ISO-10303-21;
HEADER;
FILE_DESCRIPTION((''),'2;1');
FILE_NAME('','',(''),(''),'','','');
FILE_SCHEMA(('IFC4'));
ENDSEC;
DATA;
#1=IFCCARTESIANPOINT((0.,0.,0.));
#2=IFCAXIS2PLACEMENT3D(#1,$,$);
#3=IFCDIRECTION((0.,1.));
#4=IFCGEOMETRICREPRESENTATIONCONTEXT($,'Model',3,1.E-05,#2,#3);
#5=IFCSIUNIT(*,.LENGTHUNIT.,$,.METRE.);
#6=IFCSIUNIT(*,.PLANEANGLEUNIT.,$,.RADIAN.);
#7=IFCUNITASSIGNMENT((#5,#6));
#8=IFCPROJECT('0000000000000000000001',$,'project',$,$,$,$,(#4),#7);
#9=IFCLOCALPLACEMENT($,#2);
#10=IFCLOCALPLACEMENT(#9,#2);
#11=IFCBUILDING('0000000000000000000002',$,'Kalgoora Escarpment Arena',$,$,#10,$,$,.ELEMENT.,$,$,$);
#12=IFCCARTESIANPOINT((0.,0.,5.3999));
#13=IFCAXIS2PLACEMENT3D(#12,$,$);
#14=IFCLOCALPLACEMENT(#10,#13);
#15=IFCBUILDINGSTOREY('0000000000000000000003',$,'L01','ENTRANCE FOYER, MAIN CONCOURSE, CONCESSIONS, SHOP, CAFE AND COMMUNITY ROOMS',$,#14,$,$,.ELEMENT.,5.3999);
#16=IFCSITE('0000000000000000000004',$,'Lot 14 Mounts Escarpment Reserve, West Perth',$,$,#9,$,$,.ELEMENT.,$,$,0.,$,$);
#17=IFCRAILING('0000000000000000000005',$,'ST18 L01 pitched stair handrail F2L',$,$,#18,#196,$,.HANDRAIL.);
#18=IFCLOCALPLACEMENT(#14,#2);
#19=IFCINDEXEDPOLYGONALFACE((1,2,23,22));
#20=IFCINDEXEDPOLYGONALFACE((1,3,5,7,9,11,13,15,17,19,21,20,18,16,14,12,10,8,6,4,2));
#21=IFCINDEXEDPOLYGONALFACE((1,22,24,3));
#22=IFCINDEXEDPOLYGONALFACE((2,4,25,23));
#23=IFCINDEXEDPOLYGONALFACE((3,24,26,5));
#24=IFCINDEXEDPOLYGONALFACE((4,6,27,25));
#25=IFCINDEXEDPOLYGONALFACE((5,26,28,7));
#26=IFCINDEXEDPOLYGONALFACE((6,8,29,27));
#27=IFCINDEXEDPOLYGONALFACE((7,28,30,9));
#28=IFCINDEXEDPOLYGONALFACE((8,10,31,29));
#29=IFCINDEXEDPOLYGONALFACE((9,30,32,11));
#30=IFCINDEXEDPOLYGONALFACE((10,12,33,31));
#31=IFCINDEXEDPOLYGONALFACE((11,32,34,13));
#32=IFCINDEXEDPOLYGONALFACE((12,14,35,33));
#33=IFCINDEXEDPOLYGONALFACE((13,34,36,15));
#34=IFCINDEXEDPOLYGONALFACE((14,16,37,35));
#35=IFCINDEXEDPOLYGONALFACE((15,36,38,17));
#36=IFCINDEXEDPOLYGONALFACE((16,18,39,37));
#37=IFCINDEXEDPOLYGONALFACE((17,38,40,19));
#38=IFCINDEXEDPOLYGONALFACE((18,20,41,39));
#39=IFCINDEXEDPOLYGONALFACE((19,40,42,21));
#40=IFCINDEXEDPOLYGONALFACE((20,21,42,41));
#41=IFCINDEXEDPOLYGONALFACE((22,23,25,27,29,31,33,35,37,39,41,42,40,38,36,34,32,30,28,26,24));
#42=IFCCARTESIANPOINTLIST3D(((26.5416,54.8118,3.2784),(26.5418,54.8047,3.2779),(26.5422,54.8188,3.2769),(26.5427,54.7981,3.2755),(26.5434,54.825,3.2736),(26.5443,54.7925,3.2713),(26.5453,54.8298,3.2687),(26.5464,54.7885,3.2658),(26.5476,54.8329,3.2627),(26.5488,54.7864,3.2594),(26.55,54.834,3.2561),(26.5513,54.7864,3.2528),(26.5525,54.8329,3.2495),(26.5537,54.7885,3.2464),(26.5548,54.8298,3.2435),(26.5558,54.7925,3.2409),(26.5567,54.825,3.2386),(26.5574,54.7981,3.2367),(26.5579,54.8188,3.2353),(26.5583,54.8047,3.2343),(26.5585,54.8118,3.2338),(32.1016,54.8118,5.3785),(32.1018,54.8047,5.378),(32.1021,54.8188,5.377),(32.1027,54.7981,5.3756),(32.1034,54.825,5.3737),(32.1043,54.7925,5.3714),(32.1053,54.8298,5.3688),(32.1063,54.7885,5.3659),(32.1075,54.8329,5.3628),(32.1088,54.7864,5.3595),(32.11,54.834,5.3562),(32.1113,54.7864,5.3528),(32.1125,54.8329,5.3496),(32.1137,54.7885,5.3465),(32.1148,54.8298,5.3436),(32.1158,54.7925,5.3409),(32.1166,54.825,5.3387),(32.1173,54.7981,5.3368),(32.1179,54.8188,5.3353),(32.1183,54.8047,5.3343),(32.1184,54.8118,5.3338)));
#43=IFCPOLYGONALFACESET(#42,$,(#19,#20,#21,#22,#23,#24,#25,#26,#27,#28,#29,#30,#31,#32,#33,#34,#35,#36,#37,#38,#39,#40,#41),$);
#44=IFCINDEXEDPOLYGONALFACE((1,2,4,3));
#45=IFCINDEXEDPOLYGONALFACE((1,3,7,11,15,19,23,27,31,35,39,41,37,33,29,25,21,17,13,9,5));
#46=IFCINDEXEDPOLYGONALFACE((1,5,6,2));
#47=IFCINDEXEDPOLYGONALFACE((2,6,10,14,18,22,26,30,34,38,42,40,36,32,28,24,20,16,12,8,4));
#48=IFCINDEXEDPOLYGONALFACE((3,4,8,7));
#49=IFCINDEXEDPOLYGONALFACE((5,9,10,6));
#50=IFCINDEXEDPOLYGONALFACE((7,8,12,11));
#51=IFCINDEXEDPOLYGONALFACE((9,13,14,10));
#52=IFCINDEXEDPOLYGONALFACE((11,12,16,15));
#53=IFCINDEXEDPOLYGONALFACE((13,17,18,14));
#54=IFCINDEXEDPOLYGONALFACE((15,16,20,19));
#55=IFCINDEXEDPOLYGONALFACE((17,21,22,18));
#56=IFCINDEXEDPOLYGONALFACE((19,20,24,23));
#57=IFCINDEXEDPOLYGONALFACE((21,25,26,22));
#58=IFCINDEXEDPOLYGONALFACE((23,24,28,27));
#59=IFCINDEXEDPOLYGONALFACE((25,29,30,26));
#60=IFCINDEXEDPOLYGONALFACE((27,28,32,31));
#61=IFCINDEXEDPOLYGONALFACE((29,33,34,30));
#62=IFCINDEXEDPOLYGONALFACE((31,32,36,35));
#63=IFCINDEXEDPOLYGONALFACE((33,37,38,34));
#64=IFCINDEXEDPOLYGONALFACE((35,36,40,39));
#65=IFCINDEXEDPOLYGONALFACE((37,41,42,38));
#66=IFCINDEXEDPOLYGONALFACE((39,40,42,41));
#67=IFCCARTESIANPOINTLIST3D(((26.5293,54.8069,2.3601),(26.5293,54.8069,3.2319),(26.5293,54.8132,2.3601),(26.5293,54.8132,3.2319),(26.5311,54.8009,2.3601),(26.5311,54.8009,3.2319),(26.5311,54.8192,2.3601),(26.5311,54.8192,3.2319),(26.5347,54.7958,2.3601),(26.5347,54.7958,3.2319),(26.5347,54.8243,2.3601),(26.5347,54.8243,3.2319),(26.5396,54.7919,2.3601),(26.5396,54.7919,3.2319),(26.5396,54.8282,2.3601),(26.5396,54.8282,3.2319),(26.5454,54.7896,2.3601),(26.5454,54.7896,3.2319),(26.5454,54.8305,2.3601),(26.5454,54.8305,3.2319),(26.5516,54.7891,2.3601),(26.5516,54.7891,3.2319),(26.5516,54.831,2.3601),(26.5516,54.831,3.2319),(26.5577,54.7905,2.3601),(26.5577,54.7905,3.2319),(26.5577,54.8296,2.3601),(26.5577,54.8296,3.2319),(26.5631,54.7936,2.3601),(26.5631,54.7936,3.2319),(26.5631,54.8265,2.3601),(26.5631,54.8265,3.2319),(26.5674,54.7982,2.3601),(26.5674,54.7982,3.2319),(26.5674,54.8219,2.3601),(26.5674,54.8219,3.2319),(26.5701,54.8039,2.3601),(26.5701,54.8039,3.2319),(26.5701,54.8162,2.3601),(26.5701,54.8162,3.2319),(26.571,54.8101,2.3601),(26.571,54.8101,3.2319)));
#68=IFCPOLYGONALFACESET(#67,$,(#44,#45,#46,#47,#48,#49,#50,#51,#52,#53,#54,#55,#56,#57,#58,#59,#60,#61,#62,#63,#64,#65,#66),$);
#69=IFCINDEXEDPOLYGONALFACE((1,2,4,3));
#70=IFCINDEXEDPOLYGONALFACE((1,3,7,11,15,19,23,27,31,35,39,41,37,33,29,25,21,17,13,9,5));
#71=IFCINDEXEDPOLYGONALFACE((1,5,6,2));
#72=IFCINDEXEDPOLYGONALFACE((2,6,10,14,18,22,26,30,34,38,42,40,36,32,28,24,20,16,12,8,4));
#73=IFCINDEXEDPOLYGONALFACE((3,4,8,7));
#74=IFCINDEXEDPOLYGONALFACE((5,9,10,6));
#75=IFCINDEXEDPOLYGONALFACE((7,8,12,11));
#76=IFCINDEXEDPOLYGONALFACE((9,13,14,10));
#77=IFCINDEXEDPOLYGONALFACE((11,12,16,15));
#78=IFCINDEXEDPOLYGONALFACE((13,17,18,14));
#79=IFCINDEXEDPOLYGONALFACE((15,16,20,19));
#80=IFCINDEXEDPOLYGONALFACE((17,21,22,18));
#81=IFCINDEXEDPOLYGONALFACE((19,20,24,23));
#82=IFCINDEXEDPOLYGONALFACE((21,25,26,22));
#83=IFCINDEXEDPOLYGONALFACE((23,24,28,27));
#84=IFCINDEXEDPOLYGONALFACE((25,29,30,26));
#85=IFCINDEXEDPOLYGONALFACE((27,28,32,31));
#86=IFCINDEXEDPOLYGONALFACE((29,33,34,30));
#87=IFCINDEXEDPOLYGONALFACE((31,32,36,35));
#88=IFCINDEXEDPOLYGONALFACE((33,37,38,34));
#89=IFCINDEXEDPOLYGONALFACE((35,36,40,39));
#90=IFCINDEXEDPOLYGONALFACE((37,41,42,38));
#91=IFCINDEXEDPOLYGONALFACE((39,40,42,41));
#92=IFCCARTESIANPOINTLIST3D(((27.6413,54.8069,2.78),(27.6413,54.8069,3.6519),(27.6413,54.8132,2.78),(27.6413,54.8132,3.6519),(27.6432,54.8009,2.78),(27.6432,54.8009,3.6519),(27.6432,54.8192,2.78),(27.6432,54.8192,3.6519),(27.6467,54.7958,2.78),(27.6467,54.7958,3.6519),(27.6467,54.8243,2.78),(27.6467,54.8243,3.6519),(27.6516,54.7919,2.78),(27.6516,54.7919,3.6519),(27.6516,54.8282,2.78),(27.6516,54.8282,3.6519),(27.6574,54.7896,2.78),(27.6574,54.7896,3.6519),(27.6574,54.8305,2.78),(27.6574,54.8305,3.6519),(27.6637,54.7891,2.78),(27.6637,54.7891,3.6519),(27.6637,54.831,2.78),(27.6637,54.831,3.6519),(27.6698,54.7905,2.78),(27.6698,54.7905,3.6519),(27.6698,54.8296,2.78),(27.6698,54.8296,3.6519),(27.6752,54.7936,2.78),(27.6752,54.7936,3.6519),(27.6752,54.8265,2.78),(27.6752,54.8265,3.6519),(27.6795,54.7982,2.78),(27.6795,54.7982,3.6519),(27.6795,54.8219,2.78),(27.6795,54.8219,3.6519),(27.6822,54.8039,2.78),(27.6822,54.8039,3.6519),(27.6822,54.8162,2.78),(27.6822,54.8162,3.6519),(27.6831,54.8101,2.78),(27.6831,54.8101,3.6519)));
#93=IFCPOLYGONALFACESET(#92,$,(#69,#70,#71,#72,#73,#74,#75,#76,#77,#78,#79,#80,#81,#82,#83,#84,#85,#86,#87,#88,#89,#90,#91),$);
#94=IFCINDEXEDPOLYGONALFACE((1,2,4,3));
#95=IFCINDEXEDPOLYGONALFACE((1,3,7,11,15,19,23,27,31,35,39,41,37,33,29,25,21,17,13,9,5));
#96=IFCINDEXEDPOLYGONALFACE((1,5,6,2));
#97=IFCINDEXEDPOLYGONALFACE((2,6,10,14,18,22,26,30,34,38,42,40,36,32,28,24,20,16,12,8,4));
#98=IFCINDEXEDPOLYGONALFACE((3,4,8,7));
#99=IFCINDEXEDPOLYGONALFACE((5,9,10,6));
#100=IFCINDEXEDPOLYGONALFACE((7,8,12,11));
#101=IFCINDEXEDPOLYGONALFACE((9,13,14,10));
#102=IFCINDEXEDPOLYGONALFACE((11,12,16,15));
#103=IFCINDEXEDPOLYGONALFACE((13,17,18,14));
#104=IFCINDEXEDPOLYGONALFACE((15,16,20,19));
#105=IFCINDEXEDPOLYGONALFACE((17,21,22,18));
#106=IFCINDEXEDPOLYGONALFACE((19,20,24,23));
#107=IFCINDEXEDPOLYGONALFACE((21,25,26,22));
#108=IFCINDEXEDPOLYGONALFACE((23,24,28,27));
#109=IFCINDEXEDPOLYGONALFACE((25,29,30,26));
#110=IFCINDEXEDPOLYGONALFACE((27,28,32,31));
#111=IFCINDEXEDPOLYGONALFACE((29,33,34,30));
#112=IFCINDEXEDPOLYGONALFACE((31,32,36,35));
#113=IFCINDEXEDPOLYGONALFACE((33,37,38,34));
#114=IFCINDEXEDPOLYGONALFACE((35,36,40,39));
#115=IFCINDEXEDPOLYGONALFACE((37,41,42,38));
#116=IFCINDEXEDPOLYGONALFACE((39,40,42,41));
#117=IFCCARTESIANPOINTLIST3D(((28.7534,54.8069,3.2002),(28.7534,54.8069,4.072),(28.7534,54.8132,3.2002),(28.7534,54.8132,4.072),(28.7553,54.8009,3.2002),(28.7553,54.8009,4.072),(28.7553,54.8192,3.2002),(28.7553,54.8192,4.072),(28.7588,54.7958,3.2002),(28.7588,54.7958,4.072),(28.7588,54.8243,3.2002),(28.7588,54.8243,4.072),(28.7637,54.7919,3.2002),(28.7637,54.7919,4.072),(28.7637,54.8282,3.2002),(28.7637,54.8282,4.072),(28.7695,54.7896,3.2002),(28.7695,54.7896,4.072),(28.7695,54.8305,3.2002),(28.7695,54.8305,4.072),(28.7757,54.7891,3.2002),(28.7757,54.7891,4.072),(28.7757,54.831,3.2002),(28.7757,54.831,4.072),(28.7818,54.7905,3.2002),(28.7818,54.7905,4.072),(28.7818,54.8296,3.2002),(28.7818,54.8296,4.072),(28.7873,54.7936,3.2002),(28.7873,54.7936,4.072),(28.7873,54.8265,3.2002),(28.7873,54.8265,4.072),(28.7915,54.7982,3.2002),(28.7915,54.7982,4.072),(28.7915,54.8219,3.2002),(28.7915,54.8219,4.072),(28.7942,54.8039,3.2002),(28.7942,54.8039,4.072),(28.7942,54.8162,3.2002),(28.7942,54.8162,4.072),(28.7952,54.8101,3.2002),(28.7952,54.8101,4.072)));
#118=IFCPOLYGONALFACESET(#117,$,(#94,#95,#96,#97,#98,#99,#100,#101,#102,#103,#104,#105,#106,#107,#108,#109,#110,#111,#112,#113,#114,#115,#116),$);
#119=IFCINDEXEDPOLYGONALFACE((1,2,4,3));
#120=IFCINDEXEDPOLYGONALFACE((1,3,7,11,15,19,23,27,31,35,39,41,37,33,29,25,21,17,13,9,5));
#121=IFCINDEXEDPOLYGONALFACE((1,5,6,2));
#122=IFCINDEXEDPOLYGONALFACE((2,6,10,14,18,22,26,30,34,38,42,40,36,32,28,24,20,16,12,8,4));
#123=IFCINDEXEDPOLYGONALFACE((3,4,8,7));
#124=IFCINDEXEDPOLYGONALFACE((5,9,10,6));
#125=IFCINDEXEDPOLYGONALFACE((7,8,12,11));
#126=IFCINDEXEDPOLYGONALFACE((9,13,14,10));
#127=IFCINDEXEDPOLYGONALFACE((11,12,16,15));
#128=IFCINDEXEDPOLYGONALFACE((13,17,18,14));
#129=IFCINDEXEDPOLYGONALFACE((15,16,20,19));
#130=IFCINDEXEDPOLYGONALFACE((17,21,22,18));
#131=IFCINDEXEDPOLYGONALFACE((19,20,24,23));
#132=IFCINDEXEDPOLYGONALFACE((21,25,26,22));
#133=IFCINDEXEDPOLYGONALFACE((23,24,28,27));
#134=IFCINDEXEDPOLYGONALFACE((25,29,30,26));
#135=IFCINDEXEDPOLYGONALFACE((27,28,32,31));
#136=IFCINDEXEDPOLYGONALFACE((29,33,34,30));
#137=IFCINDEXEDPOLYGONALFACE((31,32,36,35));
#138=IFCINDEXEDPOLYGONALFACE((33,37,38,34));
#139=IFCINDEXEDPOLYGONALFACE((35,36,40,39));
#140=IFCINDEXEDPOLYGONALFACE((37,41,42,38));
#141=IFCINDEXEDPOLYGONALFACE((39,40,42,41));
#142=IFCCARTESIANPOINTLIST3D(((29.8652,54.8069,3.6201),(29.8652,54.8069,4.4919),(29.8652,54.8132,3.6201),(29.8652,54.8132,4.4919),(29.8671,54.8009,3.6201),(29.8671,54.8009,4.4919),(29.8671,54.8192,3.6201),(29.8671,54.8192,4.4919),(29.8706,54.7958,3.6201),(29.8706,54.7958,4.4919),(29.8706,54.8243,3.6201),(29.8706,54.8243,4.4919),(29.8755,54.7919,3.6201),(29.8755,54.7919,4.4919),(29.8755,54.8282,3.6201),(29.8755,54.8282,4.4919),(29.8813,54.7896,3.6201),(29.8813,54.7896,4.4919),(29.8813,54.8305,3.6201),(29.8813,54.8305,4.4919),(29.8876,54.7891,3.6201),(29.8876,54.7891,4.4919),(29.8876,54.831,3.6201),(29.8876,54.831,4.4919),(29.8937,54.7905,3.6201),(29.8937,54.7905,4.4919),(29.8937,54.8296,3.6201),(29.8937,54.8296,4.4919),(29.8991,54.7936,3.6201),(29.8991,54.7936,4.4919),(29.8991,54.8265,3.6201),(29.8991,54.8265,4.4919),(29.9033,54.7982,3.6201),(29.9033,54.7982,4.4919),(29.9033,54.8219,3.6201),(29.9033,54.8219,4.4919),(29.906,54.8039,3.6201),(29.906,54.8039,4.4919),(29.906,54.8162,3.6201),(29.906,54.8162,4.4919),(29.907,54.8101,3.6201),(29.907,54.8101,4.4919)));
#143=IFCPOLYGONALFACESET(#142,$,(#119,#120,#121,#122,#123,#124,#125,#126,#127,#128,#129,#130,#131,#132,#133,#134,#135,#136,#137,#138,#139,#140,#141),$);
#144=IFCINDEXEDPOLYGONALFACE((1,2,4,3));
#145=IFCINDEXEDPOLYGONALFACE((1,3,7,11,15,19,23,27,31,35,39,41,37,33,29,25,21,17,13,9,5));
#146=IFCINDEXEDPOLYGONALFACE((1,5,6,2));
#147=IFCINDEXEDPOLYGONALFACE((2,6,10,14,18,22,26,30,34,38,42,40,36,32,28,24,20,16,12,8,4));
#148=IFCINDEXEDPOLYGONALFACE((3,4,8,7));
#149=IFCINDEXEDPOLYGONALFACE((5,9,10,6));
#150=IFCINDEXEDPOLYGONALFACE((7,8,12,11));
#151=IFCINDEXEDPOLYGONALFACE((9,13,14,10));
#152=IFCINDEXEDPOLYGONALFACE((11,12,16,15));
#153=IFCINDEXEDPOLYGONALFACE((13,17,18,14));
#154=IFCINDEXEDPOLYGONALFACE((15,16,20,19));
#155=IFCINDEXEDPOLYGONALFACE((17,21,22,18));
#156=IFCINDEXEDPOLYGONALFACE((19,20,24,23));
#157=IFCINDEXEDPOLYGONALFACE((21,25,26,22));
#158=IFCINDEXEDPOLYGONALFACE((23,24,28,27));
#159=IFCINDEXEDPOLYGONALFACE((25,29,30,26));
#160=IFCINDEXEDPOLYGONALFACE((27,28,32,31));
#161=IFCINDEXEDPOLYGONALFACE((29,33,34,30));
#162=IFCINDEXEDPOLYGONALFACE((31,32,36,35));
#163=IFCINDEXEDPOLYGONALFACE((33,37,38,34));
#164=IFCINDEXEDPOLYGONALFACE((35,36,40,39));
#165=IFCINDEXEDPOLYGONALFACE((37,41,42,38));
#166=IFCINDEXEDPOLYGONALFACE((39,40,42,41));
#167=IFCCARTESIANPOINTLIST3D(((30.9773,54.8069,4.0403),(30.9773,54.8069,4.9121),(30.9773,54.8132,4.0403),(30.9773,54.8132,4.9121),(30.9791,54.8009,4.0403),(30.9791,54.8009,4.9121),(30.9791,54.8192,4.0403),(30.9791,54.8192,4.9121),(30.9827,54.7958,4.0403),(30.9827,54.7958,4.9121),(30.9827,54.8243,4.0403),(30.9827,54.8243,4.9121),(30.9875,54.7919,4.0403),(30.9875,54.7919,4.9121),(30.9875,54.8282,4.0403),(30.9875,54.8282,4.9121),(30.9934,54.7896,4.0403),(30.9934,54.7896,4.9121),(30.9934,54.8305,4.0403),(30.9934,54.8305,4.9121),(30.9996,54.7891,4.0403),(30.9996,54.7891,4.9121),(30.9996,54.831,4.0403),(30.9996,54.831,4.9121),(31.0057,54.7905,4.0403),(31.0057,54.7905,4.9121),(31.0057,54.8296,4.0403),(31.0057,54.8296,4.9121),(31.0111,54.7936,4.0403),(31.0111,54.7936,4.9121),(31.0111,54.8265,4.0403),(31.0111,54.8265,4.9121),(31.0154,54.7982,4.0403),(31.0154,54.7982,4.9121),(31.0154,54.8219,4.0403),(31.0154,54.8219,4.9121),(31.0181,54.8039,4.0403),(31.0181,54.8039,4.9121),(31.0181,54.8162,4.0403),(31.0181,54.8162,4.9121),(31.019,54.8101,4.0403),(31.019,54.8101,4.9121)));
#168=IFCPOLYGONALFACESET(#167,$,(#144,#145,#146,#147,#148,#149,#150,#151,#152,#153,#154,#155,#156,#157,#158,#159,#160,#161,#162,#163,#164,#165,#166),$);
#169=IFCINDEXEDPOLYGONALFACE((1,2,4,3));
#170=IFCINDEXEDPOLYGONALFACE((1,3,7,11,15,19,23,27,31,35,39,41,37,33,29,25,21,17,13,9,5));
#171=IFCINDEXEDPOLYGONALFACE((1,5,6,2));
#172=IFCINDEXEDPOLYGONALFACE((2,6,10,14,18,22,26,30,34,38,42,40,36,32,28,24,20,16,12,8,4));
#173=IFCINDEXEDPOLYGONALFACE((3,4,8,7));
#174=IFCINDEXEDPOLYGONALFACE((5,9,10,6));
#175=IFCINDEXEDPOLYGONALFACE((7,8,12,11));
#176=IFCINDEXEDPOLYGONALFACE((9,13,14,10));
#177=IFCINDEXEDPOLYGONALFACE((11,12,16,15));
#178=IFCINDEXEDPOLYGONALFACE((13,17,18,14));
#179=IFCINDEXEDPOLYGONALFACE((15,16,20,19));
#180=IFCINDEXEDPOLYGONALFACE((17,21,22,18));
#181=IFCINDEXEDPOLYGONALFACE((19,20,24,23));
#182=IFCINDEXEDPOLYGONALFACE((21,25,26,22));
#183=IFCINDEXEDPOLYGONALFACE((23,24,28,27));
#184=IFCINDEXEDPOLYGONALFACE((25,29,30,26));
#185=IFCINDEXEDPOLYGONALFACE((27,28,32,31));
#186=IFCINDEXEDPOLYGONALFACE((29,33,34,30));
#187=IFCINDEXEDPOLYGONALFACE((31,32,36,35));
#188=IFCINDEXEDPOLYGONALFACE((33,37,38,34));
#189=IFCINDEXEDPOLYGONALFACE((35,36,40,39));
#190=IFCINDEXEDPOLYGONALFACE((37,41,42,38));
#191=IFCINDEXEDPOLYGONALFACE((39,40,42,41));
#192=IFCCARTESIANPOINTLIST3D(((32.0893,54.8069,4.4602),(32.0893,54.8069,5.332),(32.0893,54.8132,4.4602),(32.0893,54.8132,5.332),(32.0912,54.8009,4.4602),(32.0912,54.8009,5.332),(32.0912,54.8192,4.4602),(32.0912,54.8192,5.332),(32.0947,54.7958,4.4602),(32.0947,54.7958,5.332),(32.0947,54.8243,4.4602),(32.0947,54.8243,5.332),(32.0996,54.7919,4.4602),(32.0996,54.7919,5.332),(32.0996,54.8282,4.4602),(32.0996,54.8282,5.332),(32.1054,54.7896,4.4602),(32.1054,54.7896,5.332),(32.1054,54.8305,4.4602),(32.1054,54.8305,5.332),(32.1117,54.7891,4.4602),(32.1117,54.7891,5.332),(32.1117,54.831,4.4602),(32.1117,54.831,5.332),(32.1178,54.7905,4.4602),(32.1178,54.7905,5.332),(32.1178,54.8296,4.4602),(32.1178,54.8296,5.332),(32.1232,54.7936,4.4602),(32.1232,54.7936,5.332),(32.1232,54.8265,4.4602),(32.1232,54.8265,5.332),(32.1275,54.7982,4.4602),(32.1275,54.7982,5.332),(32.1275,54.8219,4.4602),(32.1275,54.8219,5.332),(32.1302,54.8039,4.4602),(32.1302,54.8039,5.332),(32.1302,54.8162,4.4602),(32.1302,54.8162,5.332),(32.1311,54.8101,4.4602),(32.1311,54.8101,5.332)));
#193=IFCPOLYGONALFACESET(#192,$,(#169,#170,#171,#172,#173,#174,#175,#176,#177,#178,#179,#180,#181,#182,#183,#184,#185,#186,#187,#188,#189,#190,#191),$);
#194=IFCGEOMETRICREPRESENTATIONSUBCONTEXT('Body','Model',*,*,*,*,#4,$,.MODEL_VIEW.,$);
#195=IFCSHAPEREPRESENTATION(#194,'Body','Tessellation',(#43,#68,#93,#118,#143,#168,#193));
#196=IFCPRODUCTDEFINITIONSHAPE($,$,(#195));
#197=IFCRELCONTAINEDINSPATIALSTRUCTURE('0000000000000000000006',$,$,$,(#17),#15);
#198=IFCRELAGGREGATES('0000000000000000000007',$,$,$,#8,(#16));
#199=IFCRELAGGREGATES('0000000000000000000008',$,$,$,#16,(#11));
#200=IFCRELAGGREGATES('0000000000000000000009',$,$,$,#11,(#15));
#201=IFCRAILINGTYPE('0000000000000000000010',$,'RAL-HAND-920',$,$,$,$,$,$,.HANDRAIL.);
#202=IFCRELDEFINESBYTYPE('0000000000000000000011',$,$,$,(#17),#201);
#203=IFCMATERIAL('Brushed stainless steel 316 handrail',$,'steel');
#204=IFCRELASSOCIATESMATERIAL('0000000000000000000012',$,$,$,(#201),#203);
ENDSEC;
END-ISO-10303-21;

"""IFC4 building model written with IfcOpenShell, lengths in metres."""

from ifc_helpers import new_model, si_unit, direction, frame, origin, origin_2d, place, context, subcontext, project, spatial, circle, extrude, material, type_object, element, save


model = new_model("IFC4")

# Units and contexts
model_context = context("Model", 3, precision=1e-05, world=origin(), true_north=direction((0.0, 1.0)))
body_context = subcontext(model_context, "Body", "Model", "MODEL_VIEW")
ifc_project = project(units=[si_unit("LENGTHUNIT", "METRE"), si_unit("PLANEANGLEUNIT", "RADIAN")], contexts=[model_context])

# Site, building, storey
site_placement = place(None, origin())
site = spatial("IfcSite", under=ifc_project, at=site_placement, Name="Lot 14 Mounts Escarpment Reserve, West Perth", CompositionType="ELEMENT", RefElevation=0.0)
building_placement = place(site_placement, origin())
building = spatial("IfcBuilding", under=site, at=building_placement, Name="Kalgoora Escarpment Arena", CompositionType="ELEMENT")
storey_placement = place(building_placement, frame((0.0, 0.0, 5.3999)))
storey = spatial("IfcBuildingStorey", under=building, at=storey_placement, Name="L01", Description="ENTRANCE FOYER, MAIN CONCOURSE, CONCESSIONS, SHOP, CAFE AND COMMUNITY ROOMS", CompositionType="ELEMENT", Elevation=5.3999)

# Railing
ifc_material_1 = material(Name="Brushed stainless steel 316 handrail", Category="steel")
railing_type_1 = type_object("IfcRailingType", Name="RAL-HAND-920", PredefinedType="HANDRAIL", material=ifc_material_1)
railing_1_placement = place(storey_placement, frame((26.55, 54.8101, 2.3601)))
element("IfcRailing", 1, at=railing_1_placement, inside=storey, type_object=railing_type_1, Name="ST18 L01 pitched stair handrail F2L", PredefinedType="HANDRAIL", context=body_context, shape_type="SweptSolid", body=[
    extrude(circle(Radius=0.0239, at=origin_2d()), frame((0.0, 0.0, 0.896), z_axis=(0.935493, 0.0, 0.353346), x_axis=(0.0, 1.0, 0.0)), (0.0, 0.0, 1.0), 5.9434),
    extrude(circle(Radius=0.021, at=origin_2d()), origin(), (0.0, 0.0, 1.0), 0.8718),
    extrude(circle(Radius=0.021, at=origin_2d()), frame((1.1121, 0.0, 0.4199)), (0.0, 0.0, 1.0), 0.8718),
    extrude(circle(Radius=0.021, at=origin_2d()), frame((2.2241, 0.0, 0.8401)), (0.0, 0.0, 1.0), 0.8718),
    extrude(circle(Radius=0.021, at=origin_2d()), frame((3.3359, 0.0, 1.26)), (0.0, 0.0, 1.0), 0.8718),
    extrude(circle(Radius=0.021, at=origin_2d()), frame((4.448, 0.0, 1.6802)), (0.0, 0.0, 1.0), 0.8718),
    extrude(circle(Radius=0.021, at=origin_2d()), frame((5.5601, 0.0, 2.1001)), (0.0, 0.0, 1.0), 0.8718),
])

save(model, "model.ifc")
